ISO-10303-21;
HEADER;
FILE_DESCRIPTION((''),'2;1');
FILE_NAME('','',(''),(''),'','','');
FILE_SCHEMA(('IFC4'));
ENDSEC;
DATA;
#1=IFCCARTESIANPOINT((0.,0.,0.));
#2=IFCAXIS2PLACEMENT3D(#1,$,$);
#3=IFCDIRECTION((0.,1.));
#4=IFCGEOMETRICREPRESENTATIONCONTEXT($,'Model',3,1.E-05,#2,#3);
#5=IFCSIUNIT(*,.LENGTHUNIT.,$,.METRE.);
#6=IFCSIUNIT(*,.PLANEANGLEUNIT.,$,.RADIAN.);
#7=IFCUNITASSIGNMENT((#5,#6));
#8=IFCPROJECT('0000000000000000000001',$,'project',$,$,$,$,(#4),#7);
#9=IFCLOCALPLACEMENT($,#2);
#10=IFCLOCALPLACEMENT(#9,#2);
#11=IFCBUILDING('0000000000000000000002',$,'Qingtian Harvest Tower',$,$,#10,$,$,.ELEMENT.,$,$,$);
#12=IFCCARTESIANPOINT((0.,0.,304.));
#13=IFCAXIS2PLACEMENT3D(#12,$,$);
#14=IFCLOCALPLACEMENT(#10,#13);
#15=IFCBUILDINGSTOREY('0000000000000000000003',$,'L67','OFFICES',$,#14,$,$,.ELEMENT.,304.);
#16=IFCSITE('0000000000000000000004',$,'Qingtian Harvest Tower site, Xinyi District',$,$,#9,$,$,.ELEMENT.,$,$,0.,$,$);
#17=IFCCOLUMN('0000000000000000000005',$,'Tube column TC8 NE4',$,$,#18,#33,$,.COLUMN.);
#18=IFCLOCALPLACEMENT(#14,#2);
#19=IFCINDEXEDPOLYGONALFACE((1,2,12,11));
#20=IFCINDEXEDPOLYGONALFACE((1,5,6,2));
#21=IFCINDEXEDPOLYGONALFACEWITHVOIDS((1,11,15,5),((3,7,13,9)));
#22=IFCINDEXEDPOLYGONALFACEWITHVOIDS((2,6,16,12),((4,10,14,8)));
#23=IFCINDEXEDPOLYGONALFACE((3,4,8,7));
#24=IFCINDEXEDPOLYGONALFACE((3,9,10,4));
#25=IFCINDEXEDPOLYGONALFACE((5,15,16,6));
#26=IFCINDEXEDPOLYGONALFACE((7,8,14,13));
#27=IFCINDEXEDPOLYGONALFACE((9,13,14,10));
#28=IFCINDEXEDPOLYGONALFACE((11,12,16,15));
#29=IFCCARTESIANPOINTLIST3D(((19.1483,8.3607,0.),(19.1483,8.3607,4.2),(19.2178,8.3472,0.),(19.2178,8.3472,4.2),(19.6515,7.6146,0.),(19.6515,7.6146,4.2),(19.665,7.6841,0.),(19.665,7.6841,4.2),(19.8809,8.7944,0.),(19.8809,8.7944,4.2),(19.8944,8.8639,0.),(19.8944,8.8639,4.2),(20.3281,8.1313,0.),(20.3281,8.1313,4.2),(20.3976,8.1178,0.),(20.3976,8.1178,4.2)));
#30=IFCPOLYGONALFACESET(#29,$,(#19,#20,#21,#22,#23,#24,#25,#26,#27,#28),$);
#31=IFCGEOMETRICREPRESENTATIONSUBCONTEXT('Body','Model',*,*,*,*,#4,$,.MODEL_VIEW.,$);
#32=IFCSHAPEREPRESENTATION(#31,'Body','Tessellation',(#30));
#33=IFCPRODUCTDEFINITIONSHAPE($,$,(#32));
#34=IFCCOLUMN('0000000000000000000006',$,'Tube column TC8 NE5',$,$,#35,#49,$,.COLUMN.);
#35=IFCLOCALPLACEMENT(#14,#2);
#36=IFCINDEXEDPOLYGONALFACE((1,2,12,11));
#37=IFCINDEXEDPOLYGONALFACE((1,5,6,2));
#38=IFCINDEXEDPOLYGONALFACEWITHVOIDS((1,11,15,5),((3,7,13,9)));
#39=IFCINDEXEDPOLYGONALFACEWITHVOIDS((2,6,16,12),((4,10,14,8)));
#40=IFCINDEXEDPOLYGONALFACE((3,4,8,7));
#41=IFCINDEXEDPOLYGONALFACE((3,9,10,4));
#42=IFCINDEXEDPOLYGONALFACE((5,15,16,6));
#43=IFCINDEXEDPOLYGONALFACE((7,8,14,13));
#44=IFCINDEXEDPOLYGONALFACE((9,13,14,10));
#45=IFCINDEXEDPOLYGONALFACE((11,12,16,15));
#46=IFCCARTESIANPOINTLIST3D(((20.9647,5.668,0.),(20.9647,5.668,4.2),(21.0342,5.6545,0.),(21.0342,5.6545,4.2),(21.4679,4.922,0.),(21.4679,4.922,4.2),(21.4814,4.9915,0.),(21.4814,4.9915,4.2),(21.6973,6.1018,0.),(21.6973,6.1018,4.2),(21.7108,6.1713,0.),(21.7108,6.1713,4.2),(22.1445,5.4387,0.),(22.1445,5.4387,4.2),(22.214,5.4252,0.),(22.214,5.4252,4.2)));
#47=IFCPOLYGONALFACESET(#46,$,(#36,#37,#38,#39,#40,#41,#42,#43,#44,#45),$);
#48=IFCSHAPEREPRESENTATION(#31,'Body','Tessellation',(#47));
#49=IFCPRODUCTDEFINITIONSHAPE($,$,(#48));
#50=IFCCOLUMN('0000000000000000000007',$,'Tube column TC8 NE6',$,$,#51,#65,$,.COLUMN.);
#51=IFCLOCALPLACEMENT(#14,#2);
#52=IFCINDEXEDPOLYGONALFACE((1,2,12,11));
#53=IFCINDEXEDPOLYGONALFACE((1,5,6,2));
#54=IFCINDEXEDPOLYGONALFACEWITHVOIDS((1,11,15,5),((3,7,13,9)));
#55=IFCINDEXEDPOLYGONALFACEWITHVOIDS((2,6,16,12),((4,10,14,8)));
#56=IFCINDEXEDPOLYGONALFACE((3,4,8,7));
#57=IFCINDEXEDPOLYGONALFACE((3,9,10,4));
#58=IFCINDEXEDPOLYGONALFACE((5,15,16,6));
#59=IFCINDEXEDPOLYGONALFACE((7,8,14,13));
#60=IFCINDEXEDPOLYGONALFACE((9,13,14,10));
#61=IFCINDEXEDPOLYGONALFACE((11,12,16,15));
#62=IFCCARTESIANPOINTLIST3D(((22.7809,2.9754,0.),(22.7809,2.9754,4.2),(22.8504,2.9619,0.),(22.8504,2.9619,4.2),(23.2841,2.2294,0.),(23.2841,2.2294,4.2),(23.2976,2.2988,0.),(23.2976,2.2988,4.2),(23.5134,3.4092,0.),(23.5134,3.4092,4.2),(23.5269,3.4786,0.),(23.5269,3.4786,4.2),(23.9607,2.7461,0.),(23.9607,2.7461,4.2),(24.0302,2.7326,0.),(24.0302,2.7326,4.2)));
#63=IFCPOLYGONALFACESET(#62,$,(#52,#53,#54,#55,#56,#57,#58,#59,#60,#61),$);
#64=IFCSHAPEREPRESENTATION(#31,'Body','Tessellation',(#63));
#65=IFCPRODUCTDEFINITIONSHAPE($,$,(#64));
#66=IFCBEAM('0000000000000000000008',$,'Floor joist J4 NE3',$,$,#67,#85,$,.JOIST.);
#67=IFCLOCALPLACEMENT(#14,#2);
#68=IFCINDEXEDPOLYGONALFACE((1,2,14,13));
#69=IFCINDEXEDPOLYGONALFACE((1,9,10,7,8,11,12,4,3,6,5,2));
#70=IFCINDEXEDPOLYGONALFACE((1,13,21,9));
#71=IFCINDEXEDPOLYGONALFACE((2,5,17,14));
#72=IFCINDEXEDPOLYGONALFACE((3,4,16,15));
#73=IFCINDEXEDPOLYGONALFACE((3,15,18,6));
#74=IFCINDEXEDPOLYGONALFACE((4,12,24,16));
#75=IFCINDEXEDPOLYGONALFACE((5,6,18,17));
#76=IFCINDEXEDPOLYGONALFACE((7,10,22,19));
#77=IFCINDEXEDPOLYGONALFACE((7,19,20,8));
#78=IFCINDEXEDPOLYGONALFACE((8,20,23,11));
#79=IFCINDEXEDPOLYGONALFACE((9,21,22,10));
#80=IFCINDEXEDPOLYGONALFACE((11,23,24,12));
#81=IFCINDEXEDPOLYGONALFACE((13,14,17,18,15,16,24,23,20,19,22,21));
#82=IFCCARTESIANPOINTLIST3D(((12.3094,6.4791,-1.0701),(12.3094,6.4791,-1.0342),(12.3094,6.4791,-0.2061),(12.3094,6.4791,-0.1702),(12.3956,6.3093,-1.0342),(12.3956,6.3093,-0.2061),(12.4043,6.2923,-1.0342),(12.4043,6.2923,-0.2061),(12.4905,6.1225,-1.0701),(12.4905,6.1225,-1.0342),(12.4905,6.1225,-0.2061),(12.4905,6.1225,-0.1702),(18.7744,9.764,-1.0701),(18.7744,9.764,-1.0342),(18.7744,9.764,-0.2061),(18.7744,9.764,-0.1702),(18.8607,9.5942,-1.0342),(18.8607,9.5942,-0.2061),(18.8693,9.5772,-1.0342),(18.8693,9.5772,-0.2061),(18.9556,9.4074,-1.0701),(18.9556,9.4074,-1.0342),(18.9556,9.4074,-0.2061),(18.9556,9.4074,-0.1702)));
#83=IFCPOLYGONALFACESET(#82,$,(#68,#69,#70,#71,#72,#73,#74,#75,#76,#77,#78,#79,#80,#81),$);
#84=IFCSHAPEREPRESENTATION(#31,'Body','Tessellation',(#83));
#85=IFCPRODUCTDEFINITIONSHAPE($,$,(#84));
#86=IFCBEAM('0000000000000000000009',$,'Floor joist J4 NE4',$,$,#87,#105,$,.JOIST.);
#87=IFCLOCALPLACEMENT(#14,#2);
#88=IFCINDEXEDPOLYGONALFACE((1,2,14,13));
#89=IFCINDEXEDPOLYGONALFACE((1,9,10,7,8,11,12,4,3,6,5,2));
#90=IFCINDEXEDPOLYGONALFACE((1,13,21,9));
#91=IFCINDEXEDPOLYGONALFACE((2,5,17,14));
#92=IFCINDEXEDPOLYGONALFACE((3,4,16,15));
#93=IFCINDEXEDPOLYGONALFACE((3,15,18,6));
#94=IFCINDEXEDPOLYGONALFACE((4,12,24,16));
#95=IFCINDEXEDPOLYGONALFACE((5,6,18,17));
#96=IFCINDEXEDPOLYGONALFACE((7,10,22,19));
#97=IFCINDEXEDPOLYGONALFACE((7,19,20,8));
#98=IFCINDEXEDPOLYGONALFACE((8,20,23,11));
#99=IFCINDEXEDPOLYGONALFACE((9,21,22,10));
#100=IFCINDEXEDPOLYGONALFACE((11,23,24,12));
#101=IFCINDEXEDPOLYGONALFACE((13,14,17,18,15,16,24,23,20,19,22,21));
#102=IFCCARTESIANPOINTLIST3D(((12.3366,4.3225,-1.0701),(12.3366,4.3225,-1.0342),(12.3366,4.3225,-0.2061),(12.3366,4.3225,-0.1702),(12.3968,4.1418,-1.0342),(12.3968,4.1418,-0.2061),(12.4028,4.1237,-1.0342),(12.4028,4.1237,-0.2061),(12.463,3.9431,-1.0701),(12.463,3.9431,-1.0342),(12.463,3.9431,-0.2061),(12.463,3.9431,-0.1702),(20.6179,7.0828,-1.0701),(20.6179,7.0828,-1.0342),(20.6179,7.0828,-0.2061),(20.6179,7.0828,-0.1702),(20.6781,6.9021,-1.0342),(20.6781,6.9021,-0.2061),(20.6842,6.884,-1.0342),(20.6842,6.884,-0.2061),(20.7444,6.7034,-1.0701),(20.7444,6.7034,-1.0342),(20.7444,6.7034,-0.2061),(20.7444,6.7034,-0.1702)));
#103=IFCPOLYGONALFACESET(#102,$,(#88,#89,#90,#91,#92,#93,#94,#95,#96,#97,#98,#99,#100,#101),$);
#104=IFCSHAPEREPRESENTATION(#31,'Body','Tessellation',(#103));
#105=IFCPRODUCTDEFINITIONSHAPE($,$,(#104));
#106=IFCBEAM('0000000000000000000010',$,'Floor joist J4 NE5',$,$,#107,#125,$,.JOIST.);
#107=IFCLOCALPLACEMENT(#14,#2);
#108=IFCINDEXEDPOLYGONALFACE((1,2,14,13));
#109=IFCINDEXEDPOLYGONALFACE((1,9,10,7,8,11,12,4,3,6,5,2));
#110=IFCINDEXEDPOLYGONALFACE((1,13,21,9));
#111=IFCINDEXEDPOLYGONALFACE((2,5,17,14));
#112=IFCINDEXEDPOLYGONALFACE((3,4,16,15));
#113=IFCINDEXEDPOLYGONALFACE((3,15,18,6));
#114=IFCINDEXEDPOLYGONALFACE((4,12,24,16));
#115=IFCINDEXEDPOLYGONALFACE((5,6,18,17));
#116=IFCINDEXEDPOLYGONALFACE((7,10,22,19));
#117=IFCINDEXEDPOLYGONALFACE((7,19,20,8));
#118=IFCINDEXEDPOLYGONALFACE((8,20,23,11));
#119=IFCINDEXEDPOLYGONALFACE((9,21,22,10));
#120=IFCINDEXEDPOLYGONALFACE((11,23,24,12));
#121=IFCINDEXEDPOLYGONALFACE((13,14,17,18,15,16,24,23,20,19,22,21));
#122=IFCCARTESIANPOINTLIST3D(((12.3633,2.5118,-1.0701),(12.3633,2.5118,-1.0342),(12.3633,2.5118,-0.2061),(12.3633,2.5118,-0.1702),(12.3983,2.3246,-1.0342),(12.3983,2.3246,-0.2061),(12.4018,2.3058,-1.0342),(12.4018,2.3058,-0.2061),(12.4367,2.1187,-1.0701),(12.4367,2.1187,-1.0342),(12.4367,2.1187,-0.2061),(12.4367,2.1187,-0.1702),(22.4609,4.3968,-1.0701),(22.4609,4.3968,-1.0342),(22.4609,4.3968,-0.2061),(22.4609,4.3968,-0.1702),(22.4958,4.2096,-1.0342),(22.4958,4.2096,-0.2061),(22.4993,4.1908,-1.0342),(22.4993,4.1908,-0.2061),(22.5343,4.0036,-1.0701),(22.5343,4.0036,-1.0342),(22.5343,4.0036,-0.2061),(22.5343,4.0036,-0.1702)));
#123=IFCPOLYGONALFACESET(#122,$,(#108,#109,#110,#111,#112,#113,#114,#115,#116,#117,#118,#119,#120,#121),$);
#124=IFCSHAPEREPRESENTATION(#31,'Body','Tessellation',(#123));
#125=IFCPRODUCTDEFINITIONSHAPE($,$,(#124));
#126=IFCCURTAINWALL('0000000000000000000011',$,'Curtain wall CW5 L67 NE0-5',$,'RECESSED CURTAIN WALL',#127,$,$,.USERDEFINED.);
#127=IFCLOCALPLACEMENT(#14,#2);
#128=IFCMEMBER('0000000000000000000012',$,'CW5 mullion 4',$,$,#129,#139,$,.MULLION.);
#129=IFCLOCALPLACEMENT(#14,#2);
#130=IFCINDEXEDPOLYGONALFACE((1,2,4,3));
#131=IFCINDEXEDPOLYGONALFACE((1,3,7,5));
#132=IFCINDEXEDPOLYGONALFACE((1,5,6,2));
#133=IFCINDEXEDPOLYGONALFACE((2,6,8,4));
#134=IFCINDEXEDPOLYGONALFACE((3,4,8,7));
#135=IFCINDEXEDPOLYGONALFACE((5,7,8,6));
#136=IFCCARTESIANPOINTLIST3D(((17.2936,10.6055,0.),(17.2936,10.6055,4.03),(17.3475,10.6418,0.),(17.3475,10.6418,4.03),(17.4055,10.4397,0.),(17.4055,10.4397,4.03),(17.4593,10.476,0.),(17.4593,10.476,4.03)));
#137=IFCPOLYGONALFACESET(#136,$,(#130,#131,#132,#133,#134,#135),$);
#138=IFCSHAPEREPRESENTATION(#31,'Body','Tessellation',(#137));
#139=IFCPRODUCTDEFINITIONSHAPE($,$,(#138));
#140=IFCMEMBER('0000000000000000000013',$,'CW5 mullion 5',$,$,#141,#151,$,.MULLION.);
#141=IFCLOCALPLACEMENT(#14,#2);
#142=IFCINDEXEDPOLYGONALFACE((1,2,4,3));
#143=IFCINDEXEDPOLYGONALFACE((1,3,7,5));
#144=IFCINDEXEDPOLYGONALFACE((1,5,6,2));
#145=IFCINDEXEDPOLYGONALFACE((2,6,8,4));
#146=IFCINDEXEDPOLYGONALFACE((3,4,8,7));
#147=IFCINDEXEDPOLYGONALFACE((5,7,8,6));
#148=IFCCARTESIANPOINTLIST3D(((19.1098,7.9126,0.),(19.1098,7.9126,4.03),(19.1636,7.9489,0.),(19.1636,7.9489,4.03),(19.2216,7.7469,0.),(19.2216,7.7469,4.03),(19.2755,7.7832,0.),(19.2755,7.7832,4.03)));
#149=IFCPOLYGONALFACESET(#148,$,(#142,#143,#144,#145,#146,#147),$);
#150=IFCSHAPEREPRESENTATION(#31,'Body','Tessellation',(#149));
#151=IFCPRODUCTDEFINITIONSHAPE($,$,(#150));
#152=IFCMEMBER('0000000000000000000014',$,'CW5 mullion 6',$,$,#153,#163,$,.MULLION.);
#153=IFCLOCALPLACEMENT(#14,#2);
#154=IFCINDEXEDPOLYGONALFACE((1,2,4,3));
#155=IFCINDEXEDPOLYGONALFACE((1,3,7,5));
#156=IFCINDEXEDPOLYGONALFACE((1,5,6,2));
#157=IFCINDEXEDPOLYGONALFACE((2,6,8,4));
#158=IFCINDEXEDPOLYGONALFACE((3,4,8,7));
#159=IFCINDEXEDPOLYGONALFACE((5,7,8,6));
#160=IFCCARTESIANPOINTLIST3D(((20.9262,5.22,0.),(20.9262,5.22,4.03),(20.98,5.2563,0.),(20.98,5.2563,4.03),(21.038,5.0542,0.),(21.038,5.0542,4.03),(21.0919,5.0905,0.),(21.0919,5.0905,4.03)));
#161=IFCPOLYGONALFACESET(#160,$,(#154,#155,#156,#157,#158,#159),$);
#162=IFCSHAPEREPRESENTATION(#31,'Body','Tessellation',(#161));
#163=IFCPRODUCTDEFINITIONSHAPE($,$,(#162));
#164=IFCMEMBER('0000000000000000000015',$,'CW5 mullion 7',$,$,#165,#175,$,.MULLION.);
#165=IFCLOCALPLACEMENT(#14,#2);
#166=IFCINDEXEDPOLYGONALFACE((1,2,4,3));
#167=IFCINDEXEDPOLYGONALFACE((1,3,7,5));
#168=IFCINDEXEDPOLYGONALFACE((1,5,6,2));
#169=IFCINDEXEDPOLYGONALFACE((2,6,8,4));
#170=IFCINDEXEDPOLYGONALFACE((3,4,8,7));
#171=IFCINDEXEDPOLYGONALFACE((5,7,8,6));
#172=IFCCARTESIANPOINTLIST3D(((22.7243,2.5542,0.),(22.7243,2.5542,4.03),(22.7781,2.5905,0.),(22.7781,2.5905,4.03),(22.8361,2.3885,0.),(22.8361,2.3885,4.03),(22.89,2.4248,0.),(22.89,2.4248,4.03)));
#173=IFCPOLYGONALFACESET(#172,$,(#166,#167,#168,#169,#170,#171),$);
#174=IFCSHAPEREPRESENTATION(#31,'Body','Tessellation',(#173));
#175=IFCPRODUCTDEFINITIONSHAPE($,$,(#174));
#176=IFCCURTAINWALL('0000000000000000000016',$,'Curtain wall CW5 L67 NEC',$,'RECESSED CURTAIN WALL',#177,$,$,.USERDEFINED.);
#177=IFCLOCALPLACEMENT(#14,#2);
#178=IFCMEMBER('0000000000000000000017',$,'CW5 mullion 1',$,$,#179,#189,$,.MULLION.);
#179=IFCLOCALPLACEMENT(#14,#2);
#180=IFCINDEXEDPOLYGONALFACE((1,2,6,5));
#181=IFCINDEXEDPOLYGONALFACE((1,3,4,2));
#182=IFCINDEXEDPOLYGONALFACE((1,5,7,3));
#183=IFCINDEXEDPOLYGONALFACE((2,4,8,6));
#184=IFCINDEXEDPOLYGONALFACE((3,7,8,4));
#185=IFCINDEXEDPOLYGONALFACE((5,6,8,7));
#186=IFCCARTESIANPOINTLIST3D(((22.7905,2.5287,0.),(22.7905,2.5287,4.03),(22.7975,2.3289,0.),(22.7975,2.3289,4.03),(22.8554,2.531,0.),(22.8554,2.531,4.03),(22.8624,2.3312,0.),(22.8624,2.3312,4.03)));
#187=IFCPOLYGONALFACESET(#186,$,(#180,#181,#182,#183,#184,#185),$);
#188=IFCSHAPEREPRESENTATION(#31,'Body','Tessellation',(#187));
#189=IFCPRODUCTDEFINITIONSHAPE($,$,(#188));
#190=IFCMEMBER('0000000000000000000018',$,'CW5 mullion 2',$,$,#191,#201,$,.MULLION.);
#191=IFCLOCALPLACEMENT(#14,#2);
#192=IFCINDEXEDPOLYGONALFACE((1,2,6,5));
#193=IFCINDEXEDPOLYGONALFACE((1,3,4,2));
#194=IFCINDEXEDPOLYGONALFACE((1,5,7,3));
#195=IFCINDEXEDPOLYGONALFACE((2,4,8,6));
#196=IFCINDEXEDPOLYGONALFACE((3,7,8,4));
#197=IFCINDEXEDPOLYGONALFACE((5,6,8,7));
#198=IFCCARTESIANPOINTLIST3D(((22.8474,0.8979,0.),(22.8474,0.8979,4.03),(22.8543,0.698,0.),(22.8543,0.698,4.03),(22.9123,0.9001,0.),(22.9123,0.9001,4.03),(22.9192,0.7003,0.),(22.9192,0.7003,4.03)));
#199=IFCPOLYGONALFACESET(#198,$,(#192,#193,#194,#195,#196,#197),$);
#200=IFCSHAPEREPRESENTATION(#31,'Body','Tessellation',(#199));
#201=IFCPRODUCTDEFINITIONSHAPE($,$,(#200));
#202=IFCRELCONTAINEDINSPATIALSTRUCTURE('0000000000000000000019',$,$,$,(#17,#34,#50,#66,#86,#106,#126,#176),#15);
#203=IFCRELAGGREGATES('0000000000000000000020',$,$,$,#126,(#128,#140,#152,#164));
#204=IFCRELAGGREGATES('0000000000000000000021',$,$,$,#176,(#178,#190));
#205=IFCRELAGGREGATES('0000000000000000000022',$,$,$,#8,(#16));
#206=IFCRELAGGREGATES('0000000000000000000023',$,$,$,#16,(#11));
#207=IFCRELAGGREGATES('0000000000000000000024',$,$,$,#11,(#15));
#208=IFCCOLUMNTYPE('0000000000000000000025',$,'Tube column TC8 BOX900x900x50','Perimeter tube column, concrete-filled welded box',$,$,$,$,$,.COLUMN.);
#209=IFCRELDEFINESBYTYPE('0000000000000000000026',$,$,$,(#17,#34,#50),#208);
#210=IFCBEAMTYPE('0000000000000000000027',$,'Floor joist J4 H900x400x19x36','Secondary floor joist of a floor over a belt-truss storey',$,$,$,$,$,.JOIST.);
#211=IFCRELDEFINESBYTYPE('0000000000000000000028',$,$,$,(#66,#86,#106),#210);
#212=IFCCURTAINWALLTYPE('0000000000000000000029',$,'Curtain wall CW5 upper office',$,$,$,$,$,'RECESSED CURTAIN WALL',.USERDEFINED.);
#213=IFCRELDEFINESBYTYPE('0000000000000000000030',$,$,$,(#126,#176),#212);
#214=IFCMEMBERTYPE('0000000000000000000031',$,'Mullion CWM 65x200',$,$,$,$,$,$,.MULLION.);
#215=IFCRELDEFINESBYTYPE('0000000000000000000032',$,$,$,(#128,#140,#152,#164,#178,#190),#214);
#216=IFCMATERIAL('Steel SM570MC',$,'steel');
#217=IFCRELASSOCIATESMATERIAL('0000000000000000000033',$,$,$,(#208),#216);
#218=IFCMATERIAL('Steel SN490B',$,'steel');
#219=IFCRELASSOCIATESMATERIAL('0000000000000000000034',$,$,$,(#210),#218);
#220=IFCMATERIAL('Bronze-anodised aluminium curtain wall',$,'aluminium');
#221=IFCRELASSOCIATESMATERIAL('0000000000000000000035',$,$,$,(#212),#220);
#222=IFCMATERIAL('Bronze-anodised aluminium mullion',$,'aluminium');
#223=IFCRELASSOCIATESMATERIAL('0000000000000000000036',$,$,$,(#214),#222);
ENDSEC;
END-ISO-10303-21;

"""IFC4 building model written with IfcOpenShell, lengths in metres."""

from ifc_helpers import new_model, si_unit, direction, frame, origin, origin_2d, place, context, subcontext, project, spatial, rectangle, hollow_rectangle, i_section, extrude, material, material_profile, profile_set, type_object, element, aggregate, save


model = new_model("IFC4")

# Units and contexts
model_context = context("Model", 3, precision=1e-05, world=origin(), true_north=direction((0.0, 1.0)))
body_context = subcontext(model_context, "Body", "Model", "MODEL_VIEW")
ifc_project = project(units=[si_unit("LENGTHUNIT", "METRE"), si_unit("PLANEANGLEUNIT", "RADIAN")], contexts=[model_context])

# Site, building, storey
site_placement = place(None, origin())
site = spatial("IfcSite", under=ifc_project, at=site_placement, Name="Qingtian Harvest Tower site, Xinyi District", CompositionType="ELEMENT", RefElevation=0.0)
building_placement = place(site_placement, origin())
building = spatial("IfcBuilding", under=site, at=building_placement, Name="Qingtian Harvest Tower", CompositionType="ELEMENT")
storey_placement = place(building_placement, frame((0.0, 0.0, 304.0)))
storey = spatial("IfcBuildingStorey", under=building, at=storey_placement, Name="L67", Description="OFFICES", CompositionType="ELEMENT", Elevation=304.0)

# Columns
ifc_material_1 = material(Name="Steel SM570MC", Category="steel")
ifc_material_profile_1 = material_profile(ifc_material_1, hollow_rectangle(XDim=0.8999, YDim=0.8999, WallThickness=0.05, at=origin_2d()), Name="BOX900x900x50")
ifc_profile_set_1 = profile_set([ifc_material_profile_1], Name="Steel SM570MC")
column_type = type_object("IfcColumnType", Name="Tube column TC8 BOX900x900x50", Description="Perimeter tube column, concrete-filled welded box", PredefinedType="COLUMN", material=ifc_profile_set_1)
for number, where, z_axis, x_axis, name in (
    (1, (19.7729, 8.2393, 0.0), (0.0, 0.0, 1.0), (-0.559193, 0.829038, 0.0), "Tube column TC8 NE4"),
    (2, (21.5894, 5.5466, 0.0), (0.0, 0.0, 1.0), (-0.559193, 0.829038, 0.0), "Tube column TC8 NE5"),
    (3, (23.4055, 2.854, 0.0), (0.0, 0.0, 1.0), (-0.559193, 0.829038, 0.0), "Tube column TC8 NE6"),
):
    element("IfcColumn", number, at=place(storey_placement, frame(where, z_axis=z_axis, x_axis=x_axis)), inside=storey, type_object=column_type, Name=name, PredefinedType="COLUMN", context=body_context, shape_type="SweptSolid", body=[
        extrude(hollow_rectangle(XDim=0.8999, YDim=0.8999, WallThickness=0.05, at=origin_2d()), origin(), (0.0, 0.0, 1.0), 4.2),
    ])

# Beams
ifc_material_2 = material(Name="Steel SN490B", Category="steel")
ifc_material_profile_2 = material_profile(ifc_material_2, i_section(OverallWidth=0.3999, OverallDepth=0.8999, WebThickness=0.019, FlangeThickness=0.0359, at=origin_2d()), Name="H900x400x19x36")
ifc_profile_set_2 = profile_set([ifc_material_profile_2], Name="Steel SN490B")
beam_type_1 = type_object("IfcBeamType", Name="Floor joist J4 H900x400x19x36", Description="Secondary floor joist of a floor over a belt-truss storey", PredefinedType="JOIST", material=ifc_profile_set_2)
beam_1_placement = place(storey_placement, frame((18.865, 9.5857, -0.6201), z_axis=(-0.89152, -0.452981, 0.0), x_axis=(0.452981, -0.89152, 0.0)))
element("IfcBeam", 4, at=beam_1_placement, inside=storey, type_object=beam_type_1, Name="Floor joist J4 NE3", PredefinedType="JOIST", context=body_context, shape_type="SweptSolid", body=[
    extrude(i_section(OverallWidth=0.3999, OverallDepth=0.8999, WebThickness=0.019, FlangeThickness=0.0359, at=origin_2d()), origin(), (0.0, 0.0, 1.0), 7.2517),
])
beam_2_placement = place(storey_placement, frame((20.6812, 6.8931, -0.6201), z_axis=(-0.948689, -0.316211, 0.0), x_axis=(0.316211, -0.948689, 0.0)))
element("IfcBeam", 5, at=beam_2_placement, inside=storey, type_object=beam_type_1, Name="Floor joist J4 NE4", PredefinedType="JOIST", context=body_context, shape_type="SweptSolid", body=[
    extrude(i_section(OverallWidth=0.3999, OverallDepth=0.8999, WebThickness=0.019, FlangeThickness=0.0359, at=origin_2d()), origin(), (0.0, 0.0, 1.0), 8.7292),
])
beam_3_placement = place(storey_placement, frame((22.4976, 4.2002, -0.6201), z_axis=(-0.983018, -0.183508, 0.0), x_axis=(0.183508, -0.983018, 0.0)))
element("IfcBeam", 6, at=beam_3_placement, inside=storey, type_object=beam_type_1, Name="Floor joist J4 NE5", PredefinedType="JOIST", context=body_context, shape_type="SweptSolid", body=[
    extrude(i_section(OverallWidth=0.3999, OverallDepth=0.8999, WebThickness=0.019, FlangeThickness=0.0359, at=origin_2d()), origin(), (0.0, 0.0, 1.0), 10.272),
])

# Curtain walls, members
ifc_material_3 = material(Name="Bronze-anodised aluminium curtain wall", Category="aluminium")
curtain_wall_type = type_object("IfcCurtainWallType", Name="Curtain wall CW5 upper office", ElementType="RECESSED CURTAIN WALL", PredefinedType="USERDEFINED", material=ifc_material_3)
curtain_wall_1_placement = place(storey_placement, origin())
curtain_wall_1 = element("IfcCurtainWall", 7, at=curtain_wall_1_placement, inside=storey, type_object=curtain_wall_type, Name="Curtain wall CW5 L67 NE0-5", ObjectType="RECESSED CURTAIN WALL", PredefinedType="USERDEFINED")
ifc_material_4 = material(Name="Bronze-anodised aluminium mullion", Category="aluminium")
ifc_material_profile_3 = material_profile(ifc_material_4, rectangle(XDim=0.0649, YDim=0.2, at=origin_2d()), Name="AL 65x200")
ifc_profile_set_3 = profile_set([ifc_material_profile_3], Name="Bronze-anodised aluminium mullion")
member_type_1 = type_object("IfcMemberType", Name="Mullion CWM 65x200", PredefinedType="MULLION", material=ifc_profile_set_3)
member_1_placement = place(storey_placement, frame((17.3765, 10.5408, 0.0), z_axis=(0.0, 0.0, 1.0), x_axis=(0.829038, 0.559193, 0.0)))
member_1 = element("IfcMember", 8, at=member_1_placement, type_object=member_type_1, Name="CW5 mullion 4", PredefinedType="MULLION", context=body_context, shape_type="SweptSolid", body=[
    extrude(rectangle(XDim=0.0649, YDim=0.2, at=origin_2d()), origin(), (0.0, 0.0, 1.0), 4.03),
])
member_2_placement = place(storey_placement, frame((19.1926, 7.8479, 0.0), z_axis=(0.0, 0.0, 1.0), x_axis=(0.829038, 0.559193, 0.0)))
member_2 = element("IfcMember", 9, at=member_2_placement, type_object=member_type_1, Name="CW5 mullion 5", PredefinedType="MULLION", context=body_context, shape_type="SweptSolid", body=[
    extrude(rectangle(XDim=0.0649, YDim=0.2, at=origin_2d()), origin(), (0.0, 0.0, 1.0), 4.03),
])
member_3_placement = place(storey_placement, frame((21.009, 5.1553, 0.0), z_axis=(0.0, 0.0, 1.0), x_axis=(0.829038, 0.559193, 0.0)))
member_3 = element("IfcMember", 10, at=member_3_placement, type_object=member_type_1, Name="CW5 mullion 6", PredefinedType="MULLION", context=body_context, shape_type="SweptSolid", body=[
    extrude(rectangle(XDim=0.0649, YDim=0.2, at=origin_2d()), origin(), (0.0, 0.0, 1.0), 4.03),
])
member_4_placement = place(storey_placement, frame((22.8071, 2.4895, 0.0), z_axis=(0.0, 0.0, 1.0), x_axis=(0.829038, 0.559193, 0.0)))
member_4 = element("IfcMember", 11, at=member_4_placement, type_object=member_type_1, Name="CW5 mullion 7", PredefinedType="MULLION", context=body_context, shape_type="SweptSolid", body=[
    extrude(rectangle(XDim=0.0649, YDim=0.2, at=origin_2d()), origin(), (0.0, 0.0, 1.0), 4.03),
])
curtain_wall_2_placement = place(storey_placement, origin())
curtain_wall_2 = element("IfcCurtainWall", 12, at=curtain_wall_2_placement, inside=storey, type_object=curtain_wall_type, Name="Curtain wall CW5 L67 NEC", ObjectType="RECESSED CURTAIN WALL", PredefinedType="USERDEFINED")
member_5_placement = place(storey_placement, frame((22.8264, 2.4299, 0.0), z_axis=(0.0, 0.0, 1.0), x_axis=(0.999391, 0.034899, 0.0)))
member_5 = element("IfcMember", 13, at=member_5_placement, type_object=member_type_1, Name="CW5 mullion 1", PredefinedType="MULLION", context=body_context, shape_type="SweptSolid", body=[
    extrude(rectangle(XDim=0.0649, YDim=0.2, at=origin_2d()), origin(), (0.0, 0.0, 1.0), 4.03),
])
member_6_placement = place(storey_placement, frame((22.8833, 0.7991, 0.0), z_axis=(0.0, 0.0, 1.0), x_axis=(0.999391, 0.034899, 0.0)))
member_6 = element("IfcMember", 14, at=member_6_placement, type_object=member_type_1, Name="CW5 mullion 2", PredefinedType="MULLION", context=body_context, shape_type="SweptSolid", body=[
    extrude(rectangle(XDim=0.0649, YDim=0.2, at=origin_2d()), origin(), (0.0, 0.0, 1.0), 4.03),
])

aggregate(curtain_wall_1, [member_1, member_2, member_3, member_4])
aggregate(curtain_wall_2, [member_5, member_6])

save(model, "model.ifc")
